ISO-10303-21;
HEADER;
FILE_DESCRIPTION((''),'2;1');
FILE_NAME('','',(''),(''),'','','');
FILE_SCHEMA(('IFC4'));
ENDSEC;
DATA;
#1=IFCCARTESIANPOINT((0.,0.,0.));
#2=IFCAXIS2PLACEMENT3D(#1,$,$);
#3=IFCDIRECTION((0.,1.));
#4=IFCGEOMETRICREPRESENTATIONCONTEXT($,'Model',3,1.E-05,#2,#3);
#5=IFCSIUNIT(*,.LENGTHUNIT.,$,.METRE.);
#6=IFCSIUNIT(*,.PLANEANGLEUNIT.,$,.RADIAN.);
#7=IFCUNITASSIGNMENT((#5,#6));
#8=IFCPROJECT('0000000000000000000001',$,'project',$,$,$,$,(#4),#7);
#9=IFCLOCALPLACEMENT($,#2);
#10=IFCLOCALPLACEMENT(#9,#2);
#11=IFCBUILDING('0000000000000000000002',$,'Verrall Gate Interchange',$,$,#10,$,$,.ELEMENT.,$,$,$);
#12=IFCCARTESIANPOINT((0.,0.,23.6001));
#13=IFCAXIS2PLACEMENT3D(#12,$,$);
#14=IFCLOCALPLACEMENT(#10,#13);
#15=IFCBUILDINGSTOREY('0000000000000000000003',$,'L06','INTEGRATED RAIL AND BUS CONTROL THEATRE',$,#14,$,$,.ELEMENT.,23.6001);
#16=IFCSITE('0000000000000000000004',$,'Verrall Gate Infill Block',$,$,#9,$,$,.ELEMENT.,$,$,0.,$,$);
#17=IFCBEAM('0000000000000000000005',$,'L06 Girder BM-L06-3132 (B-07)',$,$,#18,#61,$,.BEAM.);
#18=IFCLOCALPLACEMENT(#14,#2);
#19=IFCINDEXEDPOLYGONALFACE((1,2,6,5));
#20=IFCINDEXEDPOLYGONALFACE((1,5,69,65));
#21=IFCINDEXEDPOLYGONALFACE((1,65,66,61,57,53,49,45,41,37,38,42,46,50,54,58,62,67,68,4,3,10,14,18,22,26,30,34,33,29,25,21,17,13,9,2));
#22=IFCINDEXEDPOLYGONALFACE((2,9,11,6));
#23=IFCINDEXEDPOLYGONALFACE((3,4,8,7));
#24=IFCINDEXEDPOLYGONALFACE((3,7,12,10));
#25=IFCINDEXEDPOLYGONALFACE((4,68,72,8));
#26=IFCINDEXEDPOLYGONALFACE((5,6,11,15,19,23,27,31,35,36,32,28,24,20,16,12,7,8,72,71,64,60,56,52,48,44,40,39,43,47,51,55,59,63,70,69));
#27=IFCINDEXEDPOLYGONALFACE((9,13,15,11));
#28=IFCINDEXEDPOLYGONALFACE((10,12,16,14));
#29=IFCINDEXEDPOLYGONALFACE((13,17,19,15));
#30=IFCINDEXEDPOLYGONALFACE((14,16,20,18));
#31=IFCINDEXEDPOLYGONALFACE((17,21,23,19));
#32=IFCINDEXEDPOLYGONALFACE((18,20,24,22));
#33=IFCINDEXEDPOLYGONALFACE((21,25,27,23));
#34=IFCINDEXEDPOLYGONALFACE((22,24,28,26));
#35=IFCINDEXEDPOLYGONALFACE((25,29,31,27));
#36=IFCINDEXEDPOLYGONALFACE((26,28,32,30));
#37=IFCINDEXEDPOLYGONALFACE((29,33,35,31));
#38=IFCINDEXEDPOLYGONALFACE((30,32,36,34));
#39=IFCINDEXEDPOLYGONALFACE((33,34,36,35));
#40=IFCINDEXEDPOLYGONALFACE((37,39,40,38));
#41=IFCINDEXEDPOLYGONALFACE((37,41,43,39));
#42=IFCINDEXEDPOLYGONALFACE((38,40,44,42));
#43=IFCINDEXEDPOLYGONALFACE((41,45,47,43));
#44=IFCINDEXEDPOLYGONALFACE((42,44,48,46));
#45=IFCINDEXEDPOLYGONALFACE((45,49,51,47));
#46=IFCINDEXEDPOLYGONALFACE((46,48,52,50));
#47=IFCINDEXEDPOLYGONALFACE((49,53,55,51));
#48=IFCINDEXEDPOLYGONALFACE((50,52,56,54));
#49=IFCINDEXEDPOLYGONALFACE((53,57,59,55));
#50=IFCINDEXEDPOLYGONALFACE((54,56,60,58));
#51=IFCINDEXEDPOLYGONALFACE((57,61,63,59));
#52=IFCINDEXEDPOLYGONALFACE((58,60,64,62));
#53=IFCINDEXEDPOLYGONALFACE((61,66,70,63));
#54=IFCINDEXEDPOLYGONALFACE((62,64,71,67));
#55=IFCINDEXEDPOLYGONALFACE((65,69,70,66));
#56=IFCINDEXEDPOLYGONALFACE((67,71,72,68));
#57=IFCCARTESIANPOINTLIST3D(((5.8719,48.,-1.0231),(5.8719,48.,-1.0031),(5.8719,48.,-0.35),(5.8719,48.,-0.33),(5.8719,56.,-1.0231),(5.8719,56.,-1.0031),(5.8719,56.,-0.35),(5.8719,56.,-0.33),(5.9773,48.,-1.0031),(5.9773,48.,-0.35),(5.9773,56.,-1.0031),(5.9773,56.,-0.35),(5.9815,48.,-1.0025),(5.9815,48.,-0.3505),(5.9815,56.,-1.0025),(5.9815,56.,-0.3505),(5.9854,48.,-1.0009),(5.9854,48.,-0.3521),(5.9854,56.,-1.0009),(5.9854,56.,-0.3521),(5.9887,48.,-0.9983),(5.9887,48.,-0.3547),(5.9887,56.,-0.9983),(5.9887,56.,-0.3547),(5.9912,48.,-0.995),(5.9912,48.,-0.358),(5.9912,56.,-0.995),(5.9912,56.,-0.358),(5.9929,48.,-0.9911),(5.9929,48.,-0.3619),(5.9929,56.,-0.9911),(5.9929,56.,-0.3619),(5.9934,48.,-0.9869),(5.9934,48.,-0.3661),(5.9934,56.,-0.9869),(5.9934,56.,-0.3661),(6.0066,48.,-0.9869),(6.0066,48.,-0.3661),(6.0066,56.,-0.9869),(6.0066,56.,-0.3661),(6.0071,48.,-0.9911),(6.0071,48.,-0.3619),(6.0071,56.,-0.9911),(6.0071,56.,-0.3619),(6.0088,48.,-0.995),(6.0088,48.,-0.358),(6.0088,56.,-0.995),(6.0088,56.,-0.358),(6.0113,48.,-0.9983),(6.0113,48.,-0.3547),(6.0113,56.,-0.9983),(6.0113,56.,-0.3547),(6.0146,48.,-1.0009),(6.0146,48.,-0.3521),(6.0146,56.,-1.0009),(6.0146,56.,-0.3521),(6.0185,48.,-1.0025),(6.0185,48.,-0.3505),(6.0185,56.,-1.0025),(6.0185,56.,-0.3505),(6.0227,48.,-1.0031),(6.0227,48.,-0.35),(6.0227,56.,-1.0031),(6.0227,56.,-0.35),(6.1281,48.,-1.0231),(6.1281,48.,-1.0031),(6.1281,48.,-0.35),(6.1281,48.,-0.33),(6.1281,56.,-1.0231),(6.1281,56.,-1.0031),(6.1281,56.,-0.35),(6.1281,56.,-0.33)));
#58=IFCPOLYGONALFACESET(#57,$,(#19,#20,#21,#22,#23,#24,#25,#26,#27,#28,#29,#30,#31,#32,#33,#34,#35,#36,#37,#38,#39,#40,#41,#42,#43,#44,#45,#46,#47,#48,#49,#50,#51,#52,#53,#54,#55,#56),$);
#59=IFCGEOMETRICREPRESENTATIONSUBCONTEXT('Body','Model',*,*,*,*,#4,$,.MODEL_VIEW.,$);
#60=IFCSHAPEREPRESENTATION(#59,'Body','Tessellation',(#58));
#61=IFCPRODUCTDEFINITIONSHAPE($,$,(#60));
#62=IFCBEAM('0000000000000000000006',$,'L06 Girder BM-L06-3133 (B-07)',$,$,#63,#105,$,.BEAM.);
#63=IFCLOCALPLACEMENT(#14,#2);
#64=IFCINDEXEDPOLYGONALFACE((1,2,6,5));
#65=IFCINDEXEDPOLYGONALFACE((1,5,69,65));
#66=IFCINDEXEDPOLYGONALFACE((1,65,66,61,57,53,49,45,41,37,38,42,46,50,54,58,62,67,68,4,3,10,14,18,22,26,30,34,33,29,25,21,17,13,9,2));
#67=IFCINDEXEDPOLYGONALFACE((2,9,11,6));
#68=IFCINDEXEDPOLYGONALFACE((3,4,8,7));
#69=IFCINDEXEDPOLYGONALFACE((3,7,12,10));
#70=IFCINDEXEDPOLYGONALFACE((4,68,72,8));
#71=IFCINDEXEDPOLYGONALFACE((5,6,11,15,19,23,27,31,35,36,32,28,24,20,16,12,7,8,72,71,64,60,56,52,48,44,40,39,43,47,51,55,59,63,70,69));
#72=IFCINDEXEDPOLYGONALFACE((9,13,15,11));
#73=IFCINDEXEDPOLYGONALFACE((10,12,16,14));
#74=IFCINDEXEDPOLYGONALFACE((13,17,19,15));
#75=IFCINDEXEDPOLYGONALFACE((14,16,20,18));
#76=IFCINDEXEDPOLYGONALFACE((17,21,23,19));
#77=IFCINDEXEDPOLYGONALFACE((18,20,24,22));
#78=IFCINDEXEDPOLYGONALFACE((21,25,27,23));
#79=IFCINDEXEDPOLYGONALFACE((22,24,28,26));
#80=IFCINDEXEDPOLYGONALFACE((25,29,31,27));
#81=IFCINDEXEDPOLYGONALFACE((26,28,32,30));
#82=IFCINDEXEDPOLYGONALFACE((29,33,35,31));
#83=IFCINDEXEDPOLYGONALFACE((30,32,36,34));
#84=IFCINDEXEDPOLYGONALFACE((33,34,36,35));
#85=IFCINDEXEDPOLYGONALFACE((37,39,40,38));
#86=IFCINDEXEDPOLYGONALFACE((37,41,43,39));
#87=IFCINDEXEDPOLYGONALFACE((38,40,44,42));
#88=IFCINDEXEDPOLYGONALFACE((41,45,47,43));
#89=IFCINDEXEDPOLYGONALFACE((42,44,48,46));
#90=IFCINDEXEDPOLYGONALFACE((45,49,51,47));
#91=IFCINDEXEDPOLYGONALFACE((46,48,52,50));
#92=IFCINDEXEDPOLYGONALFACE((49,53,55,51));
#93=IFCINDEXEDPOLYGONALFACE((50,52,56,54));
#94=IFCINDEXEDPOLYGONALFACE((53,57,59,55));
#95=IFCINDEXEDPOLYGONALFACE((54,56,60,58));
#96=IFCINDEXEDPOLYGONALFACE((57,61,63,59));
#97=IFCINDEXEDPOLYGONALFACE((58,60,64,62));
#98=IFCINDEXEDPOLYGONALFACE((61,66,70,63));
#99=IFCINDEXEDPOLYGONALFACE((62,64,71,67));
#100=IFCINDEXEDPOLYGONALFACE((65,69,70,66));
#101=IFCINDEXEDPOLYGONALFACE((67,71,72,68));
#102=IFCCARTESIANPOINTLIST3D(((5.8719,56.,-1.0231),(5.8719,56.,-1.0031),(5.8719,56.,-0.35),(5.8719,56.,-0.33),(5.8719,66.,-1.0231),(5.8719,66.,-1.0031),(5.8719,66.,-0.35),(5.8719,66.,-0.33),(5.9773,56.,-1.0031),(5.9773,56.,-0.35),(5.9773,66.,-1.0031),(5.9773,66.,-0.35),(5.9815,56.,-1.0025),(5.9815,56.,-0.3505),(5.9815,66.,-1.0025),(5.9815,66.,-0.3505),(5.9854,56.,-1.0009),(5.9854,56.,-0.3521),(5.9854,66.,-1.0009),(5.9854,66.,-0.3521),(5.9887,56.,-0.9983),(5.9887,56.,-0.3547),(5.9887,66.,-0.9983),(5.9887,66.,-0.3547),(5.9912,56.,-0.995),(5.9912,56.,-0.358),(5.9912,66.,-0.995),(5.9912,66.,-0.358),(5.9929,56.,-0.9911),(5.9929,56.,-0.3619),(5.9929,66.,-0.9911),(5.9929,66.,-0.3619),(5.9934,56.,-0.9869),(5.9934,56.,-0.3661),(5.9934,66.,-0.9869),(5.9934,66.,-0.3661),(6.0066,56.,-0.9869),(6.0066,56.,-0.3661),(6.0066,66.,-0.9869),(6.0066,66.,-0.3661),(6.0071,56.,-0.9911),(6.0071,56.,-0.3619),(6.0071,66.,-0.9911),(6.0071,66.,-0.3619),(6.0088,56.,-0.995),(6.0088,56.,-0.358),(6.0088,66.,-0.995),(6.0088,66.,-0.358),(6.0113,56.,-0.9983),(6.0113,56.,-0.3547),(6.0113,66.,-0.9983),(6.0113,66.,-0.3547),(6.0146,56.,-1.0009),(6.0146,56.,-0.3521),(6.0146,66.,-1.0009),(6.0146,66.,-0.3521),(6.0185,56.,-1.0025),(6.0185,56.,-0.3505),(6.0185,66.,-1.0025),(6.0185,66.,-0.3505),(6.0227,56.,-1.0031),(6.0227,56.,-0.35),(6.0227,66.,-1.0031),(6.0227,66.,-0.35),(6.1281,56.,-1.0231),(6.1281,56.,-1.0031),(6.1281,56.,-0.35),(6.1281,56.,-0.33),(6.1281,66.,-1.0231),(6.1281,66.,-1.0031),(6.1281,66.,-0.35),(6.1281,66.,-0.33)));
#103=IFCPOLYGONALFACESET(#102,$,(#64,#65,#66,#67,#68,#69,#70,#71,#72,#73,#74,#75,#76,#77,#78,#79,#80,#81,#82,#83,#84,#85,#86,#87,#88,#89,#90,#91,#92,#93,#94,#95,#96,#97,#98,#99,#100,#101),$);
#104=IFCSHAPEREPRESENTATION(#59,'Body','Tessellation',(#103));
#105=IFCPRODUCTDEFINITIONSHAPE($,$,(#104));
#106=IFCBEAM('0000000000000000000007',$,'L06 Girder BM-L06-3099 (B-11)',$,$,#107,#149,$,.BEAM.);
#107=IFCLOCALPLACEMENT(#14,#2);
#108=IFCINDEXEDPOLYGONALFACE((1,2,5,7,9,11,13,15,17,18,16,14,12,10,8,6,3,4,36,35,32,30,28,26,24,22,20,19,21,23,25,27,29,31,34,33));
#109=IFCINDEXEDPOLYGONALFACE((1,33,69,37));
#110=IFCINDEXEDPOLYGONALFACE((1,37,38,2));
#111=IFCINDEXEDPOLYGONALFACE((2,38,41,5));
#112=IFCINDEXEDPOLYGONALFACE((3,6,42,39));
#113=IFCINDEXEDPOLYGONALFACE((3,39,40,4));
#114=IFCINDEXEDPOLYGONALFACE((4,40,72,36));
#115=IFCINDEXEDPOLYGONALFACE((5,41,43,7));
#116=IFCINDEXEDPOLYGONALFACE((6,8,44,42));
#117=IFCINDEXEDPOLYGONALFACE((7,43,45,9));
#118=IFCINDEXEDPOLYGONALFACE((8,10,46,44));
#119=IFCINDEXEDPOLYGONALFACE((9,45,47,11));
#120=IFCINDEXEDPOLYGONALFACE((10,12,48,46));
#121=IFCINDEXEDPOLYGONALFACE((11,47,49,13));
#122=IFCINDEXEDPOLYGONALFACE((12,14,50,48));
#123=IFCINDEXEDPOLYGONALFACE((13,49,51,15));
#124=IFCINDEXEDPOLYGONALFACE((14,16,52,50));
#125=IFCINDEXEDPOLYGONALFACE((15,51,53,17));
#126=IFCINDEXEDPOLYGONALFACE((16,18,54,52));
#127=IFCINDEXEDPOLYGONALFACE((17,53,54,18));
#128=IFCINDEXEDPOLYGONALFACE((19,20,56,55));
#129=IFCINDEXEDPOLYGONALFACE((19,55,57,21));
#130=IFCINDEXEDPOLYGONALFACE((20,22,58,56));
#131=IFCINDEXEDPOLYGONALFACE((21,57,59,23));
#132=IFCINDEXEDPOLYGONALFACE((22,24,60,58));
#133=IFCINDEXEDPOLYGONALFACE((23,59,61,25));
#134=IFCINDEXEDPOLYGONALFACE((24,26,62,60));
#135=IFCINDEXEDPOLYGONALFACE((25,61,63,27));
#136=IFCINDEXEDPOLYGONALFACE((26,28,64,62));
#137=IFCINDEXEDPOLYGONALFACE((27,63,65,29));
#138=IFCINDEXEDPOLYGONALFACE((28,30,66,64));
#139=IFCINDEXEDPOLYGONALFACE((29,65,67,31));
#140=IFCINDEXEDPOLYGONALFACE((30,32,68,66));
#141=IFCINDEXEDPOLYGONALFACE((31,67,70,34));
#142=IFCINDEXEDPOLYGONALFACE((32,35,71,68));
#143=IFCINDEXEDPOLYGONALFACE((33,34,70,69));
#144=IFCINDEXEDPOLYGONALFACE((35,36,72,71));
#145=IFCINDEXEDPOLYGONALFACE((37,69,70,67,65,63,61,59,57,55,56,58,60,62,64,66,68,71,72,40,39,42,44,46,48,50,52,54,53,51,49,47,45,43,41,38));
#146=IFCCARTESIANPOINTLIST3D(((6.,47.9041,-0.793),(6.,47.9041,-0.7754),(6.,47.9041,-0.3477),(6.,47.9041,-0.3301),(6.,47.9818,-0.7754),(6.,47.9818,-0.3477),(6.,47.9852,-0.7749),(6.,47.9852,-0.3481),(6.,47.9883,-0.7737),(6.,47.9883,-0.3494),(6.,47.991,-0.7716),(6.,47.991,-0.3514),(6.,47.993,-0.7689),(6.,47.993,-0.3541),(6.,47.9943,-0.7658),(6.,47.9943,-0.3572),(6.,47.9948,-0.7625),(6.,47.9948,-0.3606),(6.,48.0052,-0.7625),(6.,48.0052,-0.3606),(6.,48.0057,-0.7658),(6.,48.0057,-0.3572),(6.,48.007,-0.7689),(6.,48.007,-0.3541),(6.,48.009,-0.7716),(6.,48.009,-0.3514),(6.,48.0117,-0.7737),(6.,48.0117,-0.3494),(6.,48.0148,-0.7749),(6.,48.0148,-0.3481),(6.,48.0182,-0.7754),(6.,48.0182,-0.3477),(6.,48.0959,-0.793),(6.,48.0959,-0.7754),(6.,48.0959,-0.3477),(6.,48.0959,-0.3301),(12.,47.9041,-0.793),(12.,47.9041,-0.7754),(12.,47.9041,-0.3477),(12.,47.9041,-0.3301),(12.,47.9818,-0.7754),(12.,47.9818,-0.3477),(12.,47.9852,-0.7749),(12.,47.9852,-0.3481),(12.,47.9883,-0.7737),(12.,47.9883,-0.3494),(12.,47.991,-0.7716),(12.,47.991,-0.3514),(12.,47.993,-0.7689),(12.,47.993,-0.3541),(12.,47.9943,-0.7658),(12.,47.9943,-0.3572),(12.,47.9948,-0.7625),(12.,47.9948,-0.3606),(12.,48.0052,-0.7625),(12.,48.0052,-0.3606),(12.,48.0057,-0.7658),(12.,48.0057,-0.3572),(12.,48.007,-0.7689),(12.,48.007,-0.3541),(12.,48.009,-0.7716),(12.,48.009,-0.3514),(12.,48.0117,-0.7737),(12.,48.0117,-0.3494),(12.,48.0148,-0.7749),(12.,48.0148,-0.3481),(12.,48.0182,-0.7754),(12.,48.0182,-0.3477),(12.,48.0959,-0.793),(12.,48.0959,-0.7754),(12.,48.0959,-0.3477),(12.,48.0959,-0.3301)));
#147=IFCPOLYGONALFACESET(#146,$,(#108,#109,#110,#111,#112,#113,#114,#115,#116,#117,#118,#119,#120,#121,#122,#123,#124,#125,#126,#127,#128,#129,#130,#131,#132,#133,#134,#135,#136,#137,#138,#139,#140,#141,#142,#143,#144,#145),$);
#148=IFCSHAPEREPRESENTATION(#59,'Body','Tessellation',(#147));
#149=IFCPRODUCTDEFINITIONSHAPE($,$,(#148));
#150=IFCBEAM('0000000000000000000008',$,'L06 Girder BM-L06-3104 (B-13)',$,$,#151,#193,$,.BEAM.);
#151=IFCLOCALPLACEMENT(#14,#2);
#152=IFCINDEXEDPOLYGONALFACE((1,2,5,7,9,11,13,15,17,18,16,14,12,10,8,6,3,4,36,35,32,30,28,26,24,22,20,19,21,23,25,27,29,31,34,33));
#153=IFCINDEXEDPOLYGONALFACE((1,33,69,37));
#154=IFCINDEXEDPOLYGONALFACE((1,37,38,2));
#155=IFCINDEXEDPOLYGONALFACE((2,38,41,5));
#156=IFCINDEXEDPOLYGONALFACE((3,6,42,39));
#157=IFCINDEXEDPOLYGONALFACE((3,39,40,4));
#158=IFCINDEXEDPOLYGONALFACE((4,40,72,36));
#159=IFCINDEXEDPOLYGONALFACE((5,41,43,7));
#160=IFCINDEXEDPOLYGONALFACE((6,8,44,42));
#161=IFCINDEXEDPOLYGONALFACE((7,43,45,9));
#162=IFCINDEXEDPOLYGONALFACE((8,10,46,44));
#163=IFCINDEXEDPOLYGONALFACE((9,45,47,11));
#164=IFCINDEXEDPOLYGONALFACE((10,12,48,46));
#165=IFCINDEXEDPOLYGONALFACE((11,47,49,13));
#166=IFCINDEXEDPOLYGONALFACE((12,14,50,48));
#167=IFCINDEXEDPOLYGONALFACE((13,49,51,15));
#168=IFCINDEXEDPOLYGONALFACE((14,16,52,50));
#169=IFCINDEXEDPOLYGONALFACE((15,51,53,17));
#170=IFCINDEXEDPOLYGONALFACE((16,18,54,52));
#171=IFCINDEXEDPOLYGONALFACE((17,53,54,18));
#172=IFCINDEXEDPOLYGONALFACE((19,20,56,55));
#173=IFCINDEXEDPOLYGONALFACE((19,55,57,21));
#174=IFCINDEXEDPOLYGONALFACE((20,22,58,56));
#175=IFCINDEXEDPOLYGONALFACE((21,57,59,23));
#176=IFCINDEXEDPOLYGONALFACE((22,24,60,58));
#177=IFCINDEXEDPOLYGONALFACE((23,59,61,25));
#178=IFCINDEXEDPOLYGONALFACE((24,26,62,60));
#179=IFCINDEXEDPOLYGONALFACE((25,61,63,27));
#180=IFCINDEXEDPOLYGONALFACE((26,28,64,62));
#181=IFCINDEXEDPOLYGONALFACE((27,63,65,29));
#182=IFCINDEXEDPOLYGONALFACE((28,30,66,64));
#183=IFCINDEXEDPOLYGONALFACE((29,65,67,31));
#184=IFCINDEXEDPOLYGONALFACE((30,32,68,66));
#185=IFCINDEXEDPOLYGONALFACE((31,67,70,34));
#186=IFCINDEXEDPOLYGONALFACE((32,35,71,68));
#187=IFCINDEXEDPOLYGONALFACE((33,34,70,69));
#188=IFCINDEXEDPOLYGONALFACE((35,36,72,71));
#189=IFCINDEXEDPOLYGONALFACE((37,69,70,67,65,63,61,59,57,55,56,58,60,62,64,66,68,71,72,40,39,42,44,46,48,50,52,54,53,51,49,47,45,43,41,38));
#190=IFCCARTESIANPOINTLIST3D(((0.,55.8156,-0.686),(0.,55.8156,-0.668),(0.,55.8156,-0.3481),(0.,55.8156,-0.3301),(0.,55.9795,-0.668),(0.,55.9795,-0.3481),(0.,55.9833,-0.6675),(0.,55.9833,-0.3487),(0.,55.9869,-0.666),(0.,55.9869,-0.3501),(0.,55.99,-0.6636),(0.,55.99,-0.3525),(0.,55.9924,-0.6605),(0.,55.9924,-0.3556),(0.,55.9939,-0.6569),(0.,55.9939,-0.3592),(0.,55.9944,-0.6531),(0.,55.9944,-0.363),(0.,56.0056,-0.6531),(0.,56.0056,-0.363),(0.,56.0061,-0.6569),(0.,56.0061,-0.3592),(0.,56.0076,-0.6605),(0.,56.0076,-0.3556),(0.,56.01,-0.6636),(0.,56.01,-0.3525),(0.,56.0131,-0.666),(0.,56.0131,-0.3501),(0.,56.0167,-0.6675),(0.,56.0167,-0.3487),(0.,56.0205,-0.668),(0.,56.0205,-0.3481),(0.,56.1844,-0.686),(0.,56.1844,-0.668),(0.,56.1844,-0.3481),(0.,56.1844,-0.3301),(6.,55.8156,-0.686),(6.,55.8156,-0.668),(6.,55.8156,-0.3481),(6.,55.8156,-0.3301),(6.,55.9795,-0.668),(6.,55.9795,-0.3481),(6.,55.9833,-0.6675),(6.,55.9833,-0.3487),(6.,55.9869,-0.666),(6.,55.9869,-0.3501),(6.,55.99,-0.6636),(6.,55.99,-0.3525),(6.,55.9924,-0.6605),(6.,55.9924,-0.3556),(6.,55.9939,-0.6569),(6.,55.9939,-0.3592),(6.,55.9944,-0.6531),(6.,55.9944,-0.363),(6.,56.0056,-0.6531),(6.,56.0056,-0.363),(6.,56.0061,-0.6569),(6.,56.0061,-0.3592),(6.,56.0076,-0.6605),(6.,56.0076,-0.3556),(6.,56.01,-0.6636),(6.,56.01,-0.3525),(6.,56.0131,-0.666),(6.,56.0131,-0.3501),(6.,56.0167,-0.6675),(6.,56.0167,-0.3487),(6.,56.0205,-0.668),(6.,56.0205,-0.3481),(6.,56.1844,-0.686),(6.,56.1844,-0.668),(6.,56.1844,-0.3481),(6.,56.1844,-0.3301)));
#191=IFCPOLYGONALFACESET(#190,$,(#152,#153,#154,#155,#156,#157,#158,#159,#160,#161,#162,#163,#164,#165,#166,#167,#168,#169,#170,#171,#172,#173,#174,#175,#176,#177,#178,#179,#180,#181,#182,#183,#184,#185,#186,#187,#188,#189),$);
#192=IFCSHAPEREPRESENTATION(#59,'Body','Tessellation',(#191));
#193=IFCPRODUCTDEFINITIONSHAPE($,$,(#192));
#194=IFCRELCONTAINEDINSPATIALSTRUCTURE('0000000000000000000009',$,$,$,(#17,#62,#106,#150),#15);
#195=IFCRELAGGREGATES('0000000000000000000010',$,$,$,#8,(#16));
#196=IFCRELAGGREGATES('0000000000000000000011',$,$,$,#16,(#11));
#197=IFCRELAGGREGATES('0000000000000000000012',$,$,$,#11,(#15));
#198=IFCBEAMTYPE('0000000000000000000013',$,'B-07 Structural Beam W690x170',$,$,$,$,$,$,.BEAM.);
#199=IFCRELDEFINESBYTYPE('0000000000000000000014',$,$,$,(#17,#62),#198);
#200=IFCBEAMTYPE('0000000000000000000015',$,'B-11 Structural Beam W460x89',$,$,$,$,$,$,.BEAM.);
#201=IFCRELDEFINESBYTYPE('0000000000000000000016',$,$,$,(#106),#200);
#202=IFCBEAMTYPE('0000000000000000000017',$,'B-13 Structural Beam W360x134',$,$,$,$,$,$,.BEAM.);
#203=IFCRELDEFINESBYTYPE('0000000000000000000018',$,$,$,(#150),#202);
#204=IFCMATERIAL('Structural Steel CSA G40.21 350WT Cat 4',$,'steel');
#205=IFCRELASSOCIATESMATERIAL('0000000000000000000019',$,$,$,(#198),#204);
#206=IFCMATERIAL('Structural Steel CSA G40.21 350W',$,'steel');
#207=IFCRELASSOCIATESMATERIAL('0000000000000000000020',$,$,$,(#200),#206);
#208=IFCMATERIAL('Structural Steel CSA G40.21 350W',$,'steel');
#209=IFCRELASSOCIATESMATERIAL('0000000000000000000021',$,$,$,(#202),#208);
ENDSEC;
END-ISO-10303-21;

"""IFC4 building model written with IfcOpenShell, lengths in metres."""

from ifc_helpers import new_model, si_unit, direction, frame, origin, origin_2d, place, context, subcontext, project, spatial, i_section, extrude, material, material_profile, profile_set, type_object, element, save


model = new_model("IFC4")

# Units and contexts
model_context = context("Model", 3, precision=1e-05, world=origin(), true_north=direction((0.0, 1.0)))
body_context = subcontext(model_context, "Body", "Model", "MODEL_VIEW")
ifc_project = project(units=[si_unit("LENGTHUNIT", "METRE"), si_unit("PLANEANGLEUNIT", "RADIAN")], contexts=[model_context])

# Site, building, storey
site_placement = place(None, origin())
site = spatial("IfcSite", under=ifc_project, at=site_placement, Name="Verrall Gate Infill Block", CompositionType="ELEMENT", RefElevation=0.0)
building_placement = place(site_placement, origin())
building = spatial("IfcBuilding", under=site, at=building_placement, Name="Verrall Gate Interchange", CompositionType="ELEMENT")
storey_placement = place(building_placement, frame((0.0, 0.0, 23.6001)))
storey = spatial("IfcBuildingStorey", under=building, at=storey_placement, Name="L06", Description="INTEGRATED RAIL AND BUS CONTROL THEATRE", CompositionType="ELEMENT", Elevation=23.6001)

# Beams
ifc_material_1 = material(Name="Structural Steel CSA G40.21 350WT Cat 4", Category="steel")
ifc_material_profile_1 = material_profile(ifc_material_1, i_section(OverallWidth=0.2561, OverallDepth=0.6931, WebThickness=0.0132, FlangeThickness=0.02, FilletRadius=0.0161, at=origin_2d()), Name="W690x170")
ifc_profile_set_1 = profile_set([ifc_material_profile_1], Name="Structural Steel CSA G40.21 350WT Cat 4")
beam_type_1 = type_object("IfcBeamType", Name="B-07 Structural Beam W690x170", PredefinedType="BEAM", material=ifc_profile_set_1)
beam_1_placement = place(storey_placement, frame((6.0, 48.0, -0.6765), z_axis=(0.0, 1.0, 0.0), x_axis=(-1.0, 0.0, 0.0)))
element("IfcBeam", 1, at=beam_1_placement, inside=storey, type_object=beam_type_1, Name="L06 Girder BM-L06-3132 (B-07)", PredefinedType="BEAM", context=body_context, shape_type="SweptSolid", body=[
    extrude(i_section(OverallWidth=0.2561, OverallDepth=0.6931, WebThickness=0.0132, FlangeThickness=0.02, FilletRadius=0.0161, at=origin_2d()), origin(), (0.0, 0.0, 1.0), 8.0),
])
beam_2_placement = place(storey_placement, frame((6.0, 56.0, -0.6765), z_axis=(0.0, 1.0, 0.0), x_axis=(-1.0, 0.0, 0.0)))
element("IfcBeam", 2, at=beam_2_placement, inside=storey, type_object=beam_type_1, Name="L06 Girder BM-L06-3133 (B-07)", PredefinedType="BEAM", context=body_context, shape_type="SweptSolid", body=[
    extrude(i_section(OverallWidth=0.2561, OverallDepth=0.6931, WebThickness=0.0132, FlangeThickness=0.02, FilletRadius=0.0161, at=origin_2d()), origin(), (0.0, 0.0, 1.0), 10.0),
])
ifc_material_2 = material(Name="Structural Steel CSA G40.21 350W", Category="steel")
ifc_material_profile_2 = material_profile(ifc_material_2, i_section(OverallWidth=0.1919, OverallDepth=0.4629, WebThickness=0.0105, FlangeThickness=0.0176, FilletRadius=0.0129, at=origin_2d()), Name="W460x89")
ifc_profile_set_2 = profile_set([ifc_material_profile_2], Name="Structural Steel CSA G40.21 350W")
beam_type_2 = type_object("IfcBeamType", Name="B-11 Structural Beam W460x89", PredefinedType="BEAM", material=ifc_profile_set_2)
beam_3_placement = place(storey_placement, frame((6.0, 48.0, -0.5615), z_axis=(1.0, 0.0, 0.0), x_axis=(0.0, 1.0, 0.0)))
element("IfcBeam", 3, at=beam_3_placement, inside=storey, type_object=beam_type_2, Name="L06 Girder BM-L06-3099 (B-11)", PredefinedType="BEAM", context=body_context, shape_type="SweptSolid", body=[
    extrude(i_section(OverallWidth=0.1919, OverallDepth=0.4629, WebThickness=0.0105, FlangeThickness=0.0176, FilletRadius=0.0129, at=origin_2d()), origin(), (0.0, 0.0, 1.0), 6.0),
])
ifc_material_3 = material(Name="Structural Steel CSA G40.21 350W", Category="steel")
ifc_material_profile_3 = material_profile(ifc_material_3, i_section(OverallWidth=0.3689, OverallDepth=0.356, WebThickness=0.0112, FlangeThickness=0.0181, FilletRadius=0.0149, at=origin_2d()), Name="W360x134")
ifc_profile_set_3 = profile_set([ifc_material_profile_3], Name="Structural Steel CSA G40.21 350W")
beam_type_3 = type_object("IfcBeamType", Name="B-13 Structural Beam W360x134", PredefinedType="BEAM", material=ifc_profile_set_3)
for number, where, z_axis, x_axis, name in (
    (4, (0.0, 56.0, -0.5081), (1.0, 0.0, 0.0), (0.0, 1.0, 0.0), "L06 Girder BM-L06-3104 (B-13)"),
):
    element("IfcBeam", number, at=place(storey_placement, frame(where, z_axis=z_axis, x_axis=x_axis)), inside=storey, type_object=beam_type_3, Name=name, PredefinedType="BEAM", context=body_context, shape_type="SweptSolid", body=[
        extrude(i_section(OverallWidth=0.3689, OverallDepth=0.356, WebThickness=0.0112, FlangeThickness=0.0181, FilletRadius=0.0149, at=origin_2d()), origin(), (0.0, 0.0, 1.0), 6.0),
    ])

save(model, "model.ifc")
